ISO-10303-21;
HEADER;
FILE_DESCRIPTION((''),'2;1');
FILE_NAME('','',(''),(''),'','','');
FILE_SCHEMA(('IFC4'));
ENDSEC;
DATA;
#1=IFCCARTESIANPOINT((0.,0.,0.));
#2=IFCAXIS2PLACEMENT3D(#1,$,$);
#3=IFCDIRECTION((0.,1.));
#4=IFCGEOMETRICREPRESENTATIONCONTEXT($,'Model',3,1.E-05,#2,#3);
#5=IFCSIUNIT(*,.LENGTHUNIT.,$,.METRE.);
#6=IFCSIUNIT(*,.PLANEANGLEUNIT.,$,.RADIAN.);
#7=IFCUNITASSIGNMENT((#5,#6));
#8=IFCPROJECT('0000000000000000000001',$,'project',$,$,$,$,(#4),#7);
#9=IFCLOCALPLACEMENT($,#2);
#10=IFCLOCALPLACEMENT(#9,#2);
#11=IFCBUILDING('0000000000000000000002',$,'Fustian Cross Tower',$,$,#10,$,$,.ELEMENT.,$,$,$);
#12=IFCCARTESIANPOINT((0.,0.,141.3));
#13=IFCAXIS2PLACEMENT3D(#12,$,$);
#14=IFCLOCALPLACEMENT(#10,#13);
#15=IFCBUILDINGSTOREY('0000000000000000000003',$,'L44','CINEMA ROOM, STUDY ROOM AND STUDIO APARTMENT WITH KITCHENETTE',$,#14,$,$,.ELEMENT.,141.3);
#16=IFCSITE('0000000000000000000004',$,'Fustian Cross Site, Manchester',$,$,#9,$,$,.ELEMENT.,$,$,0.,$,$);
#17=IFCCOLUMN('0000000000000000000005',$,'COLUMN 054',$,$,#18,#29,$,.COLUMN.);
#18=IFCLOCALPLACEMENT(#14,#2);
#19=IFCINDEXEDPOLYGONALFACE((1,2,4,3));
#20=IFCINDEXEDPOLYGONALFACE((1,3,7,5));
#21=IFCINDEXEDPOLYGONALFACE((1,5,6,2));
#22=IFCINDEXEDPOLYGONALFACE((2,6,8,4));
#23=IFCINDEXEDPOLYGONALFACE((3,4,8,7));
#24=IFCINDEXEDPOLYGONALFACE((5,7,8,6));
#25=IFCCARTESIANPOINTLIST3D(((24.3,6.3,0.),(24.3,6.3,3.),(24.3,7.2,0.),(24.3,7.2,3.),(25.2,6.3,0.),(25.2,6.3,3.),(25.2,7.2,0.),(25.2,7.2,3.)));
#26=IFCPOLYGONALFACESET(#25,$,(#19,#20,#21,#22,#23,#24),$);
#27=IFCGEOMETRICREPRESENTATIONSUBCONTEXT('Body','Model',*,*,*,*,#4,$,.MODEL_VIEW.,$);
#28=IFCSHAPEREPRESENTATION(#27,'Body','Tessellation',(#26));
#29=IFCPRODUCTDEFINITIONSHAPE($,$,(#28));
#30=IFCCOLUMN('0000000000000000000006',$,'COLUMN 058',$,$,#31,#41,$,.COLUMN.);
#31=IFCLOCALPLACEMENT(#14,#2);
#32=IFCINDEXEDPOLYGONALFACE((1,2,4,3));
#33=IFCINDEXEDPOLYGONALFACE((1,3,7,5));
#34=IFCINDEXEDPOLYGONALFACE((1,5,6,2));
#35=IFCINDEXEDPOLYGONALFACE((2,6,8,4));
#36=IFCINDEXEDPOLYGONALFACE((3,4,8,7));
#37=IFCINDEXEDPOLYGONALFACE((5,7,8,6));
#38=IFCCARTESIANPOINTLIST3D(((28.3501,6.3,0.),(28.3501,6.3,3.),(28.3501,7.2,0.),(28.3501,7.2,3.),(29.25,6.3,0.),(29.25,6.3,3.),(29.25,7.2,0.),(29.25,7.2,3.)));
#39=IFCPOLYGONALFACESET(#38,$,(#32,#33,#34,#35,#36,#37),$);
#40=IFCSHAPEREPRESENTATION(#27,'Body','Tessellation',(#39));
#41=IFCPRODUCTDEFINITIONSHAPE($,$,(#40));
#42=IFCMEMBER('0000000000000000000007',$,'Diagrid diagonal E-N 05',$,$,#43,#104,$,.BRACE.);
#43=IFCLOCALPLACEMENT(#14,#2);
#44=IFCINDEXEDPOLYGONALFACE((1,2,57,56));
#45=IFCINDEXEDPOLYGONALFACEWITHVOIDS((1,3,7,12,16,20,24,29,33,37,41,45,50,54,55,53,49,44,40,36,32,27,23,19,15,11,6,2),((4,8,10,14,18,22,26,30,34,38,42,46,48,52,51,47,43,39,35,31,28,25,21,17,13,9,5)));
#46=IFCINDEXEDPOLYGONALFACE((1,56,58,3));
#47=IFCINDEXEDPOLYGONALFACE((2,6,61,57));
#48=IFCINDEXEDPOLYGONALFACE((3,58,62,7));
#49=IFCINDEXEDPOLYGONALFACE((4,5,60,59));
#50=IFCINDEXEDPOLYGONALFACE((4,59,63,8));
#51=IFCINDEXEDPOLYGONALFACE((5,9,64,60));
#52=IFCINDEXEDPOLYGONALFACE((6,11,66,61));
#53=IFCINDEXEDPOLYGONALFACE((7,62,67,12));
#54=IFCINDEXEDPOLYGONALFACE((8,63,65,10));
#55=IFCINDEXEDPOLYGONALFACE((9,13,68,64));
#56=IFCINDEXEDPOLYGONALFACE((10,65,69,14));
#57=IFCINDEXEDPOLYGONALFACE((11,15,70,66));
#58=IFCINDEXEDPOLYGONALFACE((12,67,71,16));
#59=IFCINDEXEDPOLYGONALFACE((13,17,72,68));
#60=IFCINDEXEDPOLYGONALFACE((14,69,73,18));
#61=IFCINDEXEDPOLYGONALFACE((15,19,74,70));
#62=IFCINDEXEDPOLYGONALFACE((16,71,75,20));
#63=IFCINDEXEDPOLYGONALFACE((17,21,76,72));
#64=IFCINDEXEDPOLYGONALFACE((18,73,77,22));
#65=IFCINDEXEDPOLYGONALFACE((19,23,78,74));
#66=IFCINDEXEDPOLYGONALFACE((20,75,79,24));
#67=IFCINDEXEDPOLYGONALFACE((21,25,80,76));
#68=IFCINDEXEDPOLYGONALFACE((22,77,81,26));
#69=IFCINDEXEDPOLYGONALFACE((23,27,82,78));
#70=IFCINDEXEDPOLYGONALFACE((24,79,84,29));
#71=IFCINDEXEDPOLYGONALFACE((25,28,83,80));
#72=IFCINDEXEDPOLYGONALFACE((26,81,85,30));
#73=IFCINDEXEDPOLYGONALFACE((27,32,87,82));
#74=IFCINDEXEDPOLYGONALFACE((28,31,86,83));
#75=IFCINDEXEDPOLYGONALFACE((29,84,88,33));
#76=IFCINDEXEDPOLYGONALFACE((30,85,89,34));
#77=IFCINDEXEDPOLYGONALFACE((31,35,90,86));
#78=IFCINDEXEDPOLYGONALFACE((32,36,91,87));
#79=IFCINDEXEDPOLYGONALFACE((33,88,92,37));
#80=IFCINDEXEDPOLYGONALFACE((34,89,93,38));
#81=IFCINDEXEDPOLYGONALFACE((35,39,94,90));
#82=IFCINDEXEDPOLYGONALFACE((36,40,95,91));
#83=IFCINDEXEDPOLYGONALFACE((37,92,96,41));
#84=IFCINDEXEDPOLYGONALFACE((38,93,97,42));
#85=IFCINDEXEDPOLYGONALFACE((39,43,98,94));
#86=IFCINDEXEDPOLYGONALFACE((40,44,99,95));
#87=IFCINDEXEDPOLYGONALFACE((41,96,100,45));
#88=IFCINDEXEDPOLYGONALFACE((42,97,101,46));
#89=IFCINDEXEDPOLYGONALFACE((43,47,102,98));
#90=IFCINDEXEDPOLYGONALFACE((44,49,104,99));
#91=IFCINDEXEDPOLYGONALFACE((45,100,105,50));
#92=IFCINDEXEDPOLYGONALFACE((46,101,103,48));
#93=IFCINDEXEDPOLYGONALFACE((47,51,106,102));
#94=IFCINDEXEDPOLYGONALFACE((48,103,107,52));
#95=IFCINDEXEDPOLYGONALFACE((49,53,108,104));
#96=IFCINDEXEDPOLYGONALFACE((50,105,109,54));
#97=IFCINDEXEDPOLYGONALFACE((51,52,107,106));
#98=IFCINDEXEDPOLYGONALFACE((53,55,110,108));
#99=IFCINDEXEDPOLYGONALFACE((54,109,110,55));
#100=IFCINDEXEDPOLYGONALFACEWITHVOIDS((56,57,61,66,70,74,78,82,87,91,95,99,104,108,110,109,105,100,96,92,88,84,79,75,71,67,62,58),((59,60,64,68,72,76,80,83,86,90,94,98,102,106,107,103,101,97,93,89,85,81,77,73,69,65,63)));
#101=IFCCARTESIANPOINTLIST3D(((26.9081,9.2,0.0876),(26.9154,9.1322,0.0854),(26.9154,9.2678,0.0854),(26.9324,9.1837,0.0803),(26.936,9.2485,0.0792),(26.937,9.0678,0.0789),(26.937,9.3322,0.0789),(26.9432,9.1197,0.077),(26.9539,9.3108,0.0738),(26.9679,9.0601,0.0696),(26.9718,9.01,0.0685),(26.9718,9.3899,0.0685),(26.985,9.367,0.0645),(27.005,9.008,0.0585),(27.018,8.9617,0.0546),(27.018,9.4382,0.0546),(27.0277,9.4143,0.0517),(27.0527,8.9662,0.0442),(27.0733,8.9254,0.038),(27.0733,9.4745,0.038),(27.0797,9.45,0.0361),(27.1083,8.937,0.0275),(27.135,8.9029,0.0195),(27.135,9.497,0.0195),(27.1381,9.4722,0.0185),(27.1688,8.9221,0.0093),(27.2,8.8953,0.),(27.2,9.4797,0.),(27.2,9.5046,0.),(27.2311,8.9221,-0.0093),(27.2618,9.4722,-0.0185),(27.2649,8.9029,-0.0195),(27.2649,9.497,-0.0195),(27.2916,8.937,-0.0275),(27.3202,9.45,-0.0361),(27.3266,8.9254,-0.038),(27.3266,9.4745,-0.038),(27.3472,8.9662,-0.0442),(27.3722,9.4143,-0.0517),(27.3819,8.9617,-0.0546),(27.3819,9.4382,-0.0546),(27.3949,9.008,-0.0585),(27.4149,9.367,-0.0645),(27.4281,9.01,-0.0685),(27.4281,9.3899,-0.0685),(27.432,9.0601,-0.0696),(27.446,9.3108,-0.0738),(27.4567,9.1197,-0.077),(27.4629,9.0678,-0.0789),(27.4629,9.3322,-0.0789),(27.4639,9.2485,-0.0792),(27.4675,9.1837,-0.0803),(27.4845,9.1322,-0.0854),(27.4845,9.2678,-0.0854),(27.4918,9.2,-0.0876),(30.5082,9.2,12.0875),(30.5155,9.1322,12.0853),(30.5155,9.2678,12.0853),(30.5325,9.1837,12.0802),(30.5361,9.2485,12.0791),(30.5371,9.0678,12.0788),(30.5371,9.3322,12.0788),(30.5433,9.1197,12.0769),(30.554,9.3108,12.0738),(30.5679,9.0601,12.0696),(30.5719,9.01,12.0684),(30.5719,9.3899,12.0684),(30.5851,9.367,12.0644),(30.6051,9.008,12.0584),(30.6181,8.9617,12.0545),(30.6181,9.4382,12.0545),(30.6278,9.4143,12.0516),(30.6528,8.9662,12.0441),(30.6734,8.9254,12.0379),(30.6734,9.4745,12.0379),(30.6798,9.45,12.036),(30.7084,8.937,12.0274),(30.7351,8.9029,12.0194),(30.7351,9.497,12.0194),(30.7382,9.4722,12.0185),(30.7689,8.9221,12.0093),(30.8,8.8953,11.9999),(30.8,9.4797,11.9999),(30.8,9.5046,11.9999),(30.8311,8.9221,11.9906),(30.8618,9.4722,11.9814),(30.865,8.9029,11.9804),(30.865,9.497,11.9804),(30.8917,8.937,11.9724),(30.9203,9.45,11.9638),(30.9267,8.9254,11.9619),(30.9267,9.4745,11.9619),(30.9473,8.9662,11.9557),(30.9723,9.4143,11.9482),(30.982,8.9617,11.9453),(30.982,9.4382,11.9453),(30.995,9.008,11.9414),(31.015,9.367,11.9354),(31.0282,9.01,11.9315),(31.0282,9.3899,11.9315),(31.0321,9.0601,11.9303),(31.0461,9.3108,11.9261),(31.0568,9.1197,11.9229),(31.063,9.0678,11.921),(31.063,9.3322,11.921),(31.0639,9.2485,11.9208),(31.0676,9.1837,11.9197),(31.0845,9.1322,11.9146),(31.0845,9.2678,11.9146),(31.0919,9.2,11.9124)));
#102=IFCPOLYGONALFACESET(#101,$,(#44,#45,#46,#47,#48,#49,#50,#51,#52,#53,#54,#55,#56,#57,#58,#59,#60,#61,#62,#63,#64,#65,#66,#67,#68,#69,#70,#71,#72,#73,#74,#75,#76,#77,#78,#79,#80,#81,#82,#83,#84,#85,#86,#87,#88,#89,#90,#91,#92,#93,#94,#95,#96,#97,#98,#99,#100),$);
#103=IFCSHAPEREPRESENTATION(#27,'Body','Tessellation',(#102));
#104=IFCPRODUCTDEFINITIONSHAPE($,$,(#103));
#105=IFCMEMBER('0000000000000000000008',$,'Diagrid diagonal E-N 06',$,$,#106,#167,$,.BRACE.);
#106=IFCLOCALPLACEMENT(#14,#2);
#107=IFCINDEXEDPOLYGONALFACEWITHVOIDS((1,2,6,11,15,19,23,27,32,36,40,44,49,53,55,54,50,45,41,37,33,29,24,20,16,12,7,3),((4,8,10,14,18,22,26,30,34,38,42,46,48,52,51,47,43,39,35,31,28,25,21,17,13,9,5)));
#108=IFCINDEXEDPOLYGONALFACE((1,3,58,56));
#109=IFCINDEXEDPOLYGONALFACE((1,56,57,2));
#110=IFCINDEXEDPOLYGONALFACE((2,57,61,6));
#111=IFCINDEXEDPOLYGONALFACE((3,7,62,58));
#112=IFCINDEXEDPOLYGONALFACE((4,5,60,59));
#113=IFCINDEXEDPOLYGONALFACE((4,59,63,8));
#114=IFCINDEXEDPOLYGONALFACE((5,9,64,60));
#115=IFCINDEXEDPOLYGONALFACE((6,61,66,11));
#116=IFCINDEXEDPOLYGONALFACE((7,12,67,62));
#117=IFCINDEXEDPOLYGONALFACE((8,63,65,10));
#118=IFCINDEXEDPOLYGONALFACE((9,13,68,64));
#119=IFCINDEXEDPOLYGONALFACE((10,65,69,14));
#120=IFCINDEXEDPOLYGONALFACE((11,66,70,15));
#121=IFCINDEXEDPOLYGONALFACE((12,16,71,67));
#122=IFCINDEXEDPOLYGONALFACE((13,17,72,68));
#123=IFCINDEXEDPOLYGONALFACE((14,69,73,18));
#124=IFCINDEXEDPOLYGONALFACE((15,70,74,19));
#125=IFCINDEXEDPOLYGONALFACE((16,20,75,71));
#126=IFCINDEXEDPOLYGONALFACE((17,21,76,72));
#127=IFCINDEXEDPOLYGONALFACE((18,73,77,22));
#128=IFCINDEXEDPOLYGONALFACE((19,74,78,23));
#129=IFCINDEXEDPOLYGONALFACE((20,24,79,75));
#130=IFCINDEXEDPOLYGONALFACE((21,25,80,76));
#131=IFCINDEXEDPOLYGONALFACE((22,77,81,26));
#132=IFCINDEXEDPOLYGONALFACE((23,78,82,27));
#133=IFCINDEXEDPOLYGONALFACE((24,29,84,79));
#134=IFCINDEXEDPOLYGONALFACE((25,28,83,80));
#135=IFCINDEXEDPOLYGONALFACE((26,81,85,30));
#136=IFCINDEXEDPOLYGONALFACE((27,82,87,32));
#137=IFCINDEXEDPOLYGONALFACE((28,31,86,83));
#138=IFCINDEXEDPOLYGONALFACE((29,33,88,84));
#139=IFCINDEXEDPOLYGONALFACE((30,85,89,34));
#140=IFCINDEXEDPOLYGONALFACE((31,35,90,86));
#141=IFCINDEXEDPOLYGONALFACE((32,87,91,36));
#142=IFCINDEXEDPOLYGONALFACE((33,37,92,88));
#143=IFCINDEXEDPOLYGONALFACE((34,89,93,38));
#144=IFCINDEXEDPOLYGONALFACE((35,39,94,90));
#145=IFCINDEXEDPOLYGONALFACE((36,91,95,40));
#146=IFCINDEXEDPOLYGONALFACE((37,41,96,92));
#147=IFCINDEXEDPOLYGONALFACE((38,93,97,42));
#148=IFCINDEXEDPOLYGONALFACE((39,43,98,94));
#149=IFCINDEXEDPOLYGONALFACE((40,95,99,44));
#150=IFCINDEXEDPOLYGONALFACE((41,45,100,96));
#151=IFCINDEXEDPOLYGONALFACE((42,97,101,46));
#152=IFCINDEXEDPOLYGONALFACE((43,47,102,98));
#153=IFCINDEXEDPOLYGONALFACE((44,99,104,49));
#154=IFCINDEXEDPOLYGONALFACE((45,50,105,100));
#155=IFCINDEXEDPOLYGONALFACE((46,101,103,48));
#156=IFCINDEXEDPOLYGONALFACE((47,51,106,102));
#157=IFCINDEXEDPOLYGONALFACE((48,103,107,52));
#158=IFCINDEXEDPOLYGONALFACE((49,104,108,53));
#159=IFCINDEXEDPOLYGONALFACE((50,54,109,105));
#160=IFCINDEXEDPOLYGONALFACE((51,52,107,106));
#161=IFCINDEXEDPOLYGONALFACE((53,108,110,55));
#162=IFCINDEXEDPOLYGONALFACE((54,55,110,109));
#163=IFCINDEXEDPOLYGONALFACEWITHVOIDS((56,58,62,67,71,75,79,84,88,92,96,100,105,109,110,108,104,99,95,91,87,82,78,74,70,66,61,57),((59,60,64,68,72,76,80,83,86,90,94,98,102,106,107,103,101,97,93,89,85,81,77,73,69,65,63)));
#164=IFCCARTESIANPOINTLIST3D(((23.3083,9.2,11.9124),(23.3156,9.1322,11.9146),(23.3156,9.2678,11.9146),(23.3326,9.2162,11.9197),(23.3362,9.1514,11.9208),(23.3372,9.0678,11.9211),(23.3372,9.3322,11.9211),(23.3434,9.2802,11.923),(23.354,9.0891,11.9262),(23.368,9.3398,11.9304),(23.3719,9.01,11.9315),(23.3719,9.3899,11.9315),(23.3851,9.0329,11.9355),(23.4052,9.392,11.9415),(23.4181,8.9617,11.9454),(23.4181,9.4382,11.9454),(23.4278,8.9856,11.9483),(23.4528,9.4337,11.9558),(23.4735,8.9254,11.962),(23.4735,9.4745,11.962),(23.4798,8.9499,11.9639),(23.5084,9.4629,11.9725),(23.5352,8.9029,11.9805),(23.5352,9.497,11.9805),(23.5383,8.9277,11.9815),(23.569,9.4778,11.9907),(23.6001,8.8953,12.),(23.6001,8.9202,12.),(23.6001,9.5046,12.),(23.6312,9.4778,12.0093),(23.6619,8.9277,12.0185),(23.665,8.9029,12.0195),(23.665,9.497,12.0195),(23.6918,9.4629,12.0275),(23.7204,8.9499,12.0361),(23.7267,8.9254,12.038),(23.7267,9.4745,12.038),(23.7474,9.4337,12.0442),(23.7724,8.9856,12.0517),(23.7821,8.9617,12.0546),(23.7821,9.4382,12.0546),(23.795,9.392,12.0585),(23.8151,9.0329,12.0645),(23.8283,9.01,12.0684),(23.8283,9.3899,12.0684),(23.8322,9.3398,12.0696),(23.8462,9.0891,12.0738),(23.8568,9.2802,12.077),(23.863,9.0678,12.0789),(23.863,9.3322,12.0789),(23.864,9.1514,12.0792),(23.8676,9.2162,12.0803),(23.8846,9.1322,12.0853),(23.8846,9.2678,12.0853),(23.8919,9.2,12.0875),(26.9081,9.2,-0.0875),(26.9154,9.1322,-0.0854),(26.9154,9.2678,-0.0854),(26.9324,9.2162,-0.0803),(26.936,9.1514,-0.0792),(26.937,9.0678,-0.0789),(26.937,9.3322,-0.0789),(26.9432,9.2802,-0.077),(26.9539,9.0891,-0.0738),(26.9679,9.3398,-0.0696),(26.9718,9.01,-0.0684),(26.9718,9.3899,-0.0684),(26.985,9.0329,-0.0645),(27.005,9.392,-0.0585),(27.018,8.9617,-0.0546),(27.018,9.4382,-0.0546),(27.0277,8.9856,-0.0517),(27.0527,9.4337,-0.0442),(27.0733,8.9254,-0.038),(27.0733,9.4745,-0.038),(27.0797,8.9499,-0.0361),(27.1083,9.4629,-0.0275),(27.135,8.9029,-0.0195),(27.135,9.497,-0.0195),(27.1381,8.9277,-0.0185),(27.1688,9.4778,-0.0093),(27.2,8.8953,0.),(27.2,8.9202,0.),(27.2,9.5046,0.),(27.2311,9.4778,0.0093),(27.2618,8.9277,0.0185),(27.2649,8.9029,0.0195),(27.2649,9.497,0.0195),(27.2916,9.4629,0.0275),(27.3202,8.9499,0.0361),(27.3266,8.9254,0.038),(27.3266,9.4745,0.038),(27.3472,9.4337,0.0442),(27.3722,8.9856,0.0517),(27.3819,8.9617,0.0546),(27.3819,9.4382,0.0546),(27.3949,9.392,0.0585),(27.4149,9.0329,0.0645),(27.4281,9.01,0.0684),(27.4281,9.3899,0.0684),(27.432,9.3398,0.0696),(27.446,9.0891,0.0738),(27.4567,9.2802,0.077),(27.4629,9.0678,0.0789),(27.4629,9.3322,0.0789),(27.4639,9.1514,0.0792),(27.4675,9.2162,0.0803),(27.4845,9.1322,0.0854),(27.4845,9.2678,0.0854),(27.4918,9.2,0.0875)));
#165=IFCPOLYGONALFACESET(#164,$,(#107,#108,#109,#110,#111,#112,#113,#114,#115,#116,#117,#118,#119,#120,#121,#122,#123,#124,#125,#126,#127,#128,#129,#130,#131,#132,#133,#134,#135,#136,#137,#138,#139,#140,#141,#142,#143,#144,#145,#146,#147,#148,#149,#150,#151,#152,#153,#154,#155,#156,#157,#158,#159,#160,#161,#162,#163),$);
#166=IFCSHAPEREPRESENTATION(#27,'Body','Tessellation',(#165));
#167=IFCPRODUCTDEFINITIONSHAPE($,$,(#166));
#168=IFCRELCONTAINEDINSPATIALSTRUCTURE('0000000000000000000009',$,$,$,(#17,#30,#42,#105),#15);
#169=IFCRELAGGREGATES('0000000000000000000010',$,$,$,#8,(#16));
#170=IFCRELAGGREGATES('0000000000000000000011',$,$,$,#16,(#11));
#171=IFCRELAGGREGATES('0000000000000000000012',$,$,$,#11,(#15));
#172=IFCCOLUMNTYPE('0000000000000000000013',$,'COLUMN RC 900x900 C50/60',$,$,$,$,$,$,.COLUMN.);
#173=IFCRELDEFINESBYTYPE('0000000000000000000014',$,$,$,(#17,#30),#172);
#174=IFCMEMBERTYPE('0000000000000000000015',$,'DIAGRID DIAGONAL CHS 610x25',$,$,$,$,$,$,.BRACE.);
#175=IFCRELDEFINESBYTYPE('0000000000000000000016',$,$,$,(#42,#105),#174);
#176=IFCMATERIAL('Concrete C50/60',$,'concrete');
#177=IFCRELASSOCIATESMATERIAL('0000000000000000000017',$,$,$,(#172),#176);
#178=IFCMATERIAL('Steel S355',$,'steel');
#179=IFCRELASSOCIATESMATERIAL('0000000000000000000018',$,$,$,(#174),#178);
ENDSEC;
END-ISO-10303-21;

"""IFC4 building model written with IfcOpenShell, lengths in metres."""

from ifc_helpers import new_model, si_unit, direction, frame, origin, origin_2d, place, context, subcontext, project, spatial, rectangle, hollow_circle, extrude, material, material_profile, profile_set, type_object, element, save


model = new_model("IFC4")

# Units and contexts
model_context = context("Model", 3, precision=1e-05, world=origin(), true_north=direction((0.0, 1.0)))
body_context = subcontext(model_context, "Body", "Model", "MODEL_VIEW")
ifc_project = project(units=[si_unit("LENGTHUNIT", "METRE"), si_unit("PLANEANGLEUNIT", "RADIAN")], contexts=[model_context])

# Site, building, storey
site_placement = place(None, origin())
site = spatial("IfcSite", under=ifc_project, at=site_placement, Name="Fustian Cross Site, Manchester", CompositionType="ELEMENT", RefElevation=0.0)
building_placement = place(site_placement, origin())
building = spatial("IfcBuilding", under=site, at=building_placement, Name="Fustian Cross Tower", CompositionType="ELEMENT")
storey_placement = place(building_placement, frame((0.0, 0.0, 141.3)))
storey = spatial("IfcBuildingStorey", under=building, at=storey_placement, Name="L44", Description="CINEMA ROOM, STUDY ROOM AND STUDIO APARTMENT WITH KITCHENETTE", CompositionType="ELEMENT", Elevation=141.3)

# Columns
ifc_material_1 = material(Name="Concrete C50/60", Category="concrete")
ifc_material_profile_1 = material_profile(ifc_material_1, rectangle(XDim=0.8999, YDim=0.8999, at=origin_2d()), Name="RC 900x900")
ifc_profile_set_1 = profile_set([ifc_material_profile_1], Name="Concrete C50/60")
column_type = type_object("IfcColumnType", Name="COLUMN RC 900x900 C50/60", PredefinedType="COLUMN", material=ifc_profile_set_1)
for number, where, z_axis, x_axis, name in (
    (1, (24.75, 6.75, 0.0), (0.0, 0.0, 1.0), (1.0, 0.0, 0.0), "COLUMN 054"),
    (2, (28.8, 6.75, 0.0), (0.0, 0.0, 1.0), (1.0, 0.0, 0.0), "COLUMN 058"),
):
    element("IfcColumn", number, at=place(storey_placement, frame(where, z_axis=z_axis, x_axis=x_axis)), inside=storey, type_object=column_type, Name=name, PredefinedType="COLUMN", context=body_context, shape_type="SweptSolid", body=[
        extrude(rectangle(XDim=0.8999, YDim=0.8999, at=origin_2d()), origin(), (0.0, 0.0, 1.0), 3.0),
    ])

# Members
ifc_material_2 = material(Name="Steel S355", Category="steel")
ifc_material_profile_2 = material_profile(ifc_material_2, hollow_circle(Radius=0.3047, WallThickness=0.0249, at=origin_2d()), Name="CHS 610x25")
ifc_profile_set_2 = profile_set([ifc_material_profile_2], Name="Steel S355")
member_type_1 = type_object("IfcMemberType", Name="DIAGRID DIAGONAL CHS 610x25", PredefinedType="BRACE", material=ifc_profile_set_2)
for number, where, z_axis, x_axis, name in (
    (3, (27.2, 9.2, 0.0), (0.287355, 0.0, 0.957824), (0.0, 1.0, 0.0), "Diagrid diagonal E-N 05"),
    (4, (27.2, 9.2, 0.0), (-0.287337, 0.0, 0.95783), (0.0, -1.0, 0.0), "Diagrid diagonal E-N 06"),
):
    element("IfcMember", number, at=place(storey_placement, frame(where, z_axis=z_axis, x_axis=x_axis)), inside=storey, type_object=member_type_1, Name=name, PredefinedType="BRACE", context=body_context, shape_type="SweptSolid", body=[
        extrude(hollow_circle(Radius=0.3047, WallThickness=0.0249, at=origin_2d()), origin(), (0.0, 0.0, 1.0), 12.5283),
    ])

save(model, "model.ifc")
